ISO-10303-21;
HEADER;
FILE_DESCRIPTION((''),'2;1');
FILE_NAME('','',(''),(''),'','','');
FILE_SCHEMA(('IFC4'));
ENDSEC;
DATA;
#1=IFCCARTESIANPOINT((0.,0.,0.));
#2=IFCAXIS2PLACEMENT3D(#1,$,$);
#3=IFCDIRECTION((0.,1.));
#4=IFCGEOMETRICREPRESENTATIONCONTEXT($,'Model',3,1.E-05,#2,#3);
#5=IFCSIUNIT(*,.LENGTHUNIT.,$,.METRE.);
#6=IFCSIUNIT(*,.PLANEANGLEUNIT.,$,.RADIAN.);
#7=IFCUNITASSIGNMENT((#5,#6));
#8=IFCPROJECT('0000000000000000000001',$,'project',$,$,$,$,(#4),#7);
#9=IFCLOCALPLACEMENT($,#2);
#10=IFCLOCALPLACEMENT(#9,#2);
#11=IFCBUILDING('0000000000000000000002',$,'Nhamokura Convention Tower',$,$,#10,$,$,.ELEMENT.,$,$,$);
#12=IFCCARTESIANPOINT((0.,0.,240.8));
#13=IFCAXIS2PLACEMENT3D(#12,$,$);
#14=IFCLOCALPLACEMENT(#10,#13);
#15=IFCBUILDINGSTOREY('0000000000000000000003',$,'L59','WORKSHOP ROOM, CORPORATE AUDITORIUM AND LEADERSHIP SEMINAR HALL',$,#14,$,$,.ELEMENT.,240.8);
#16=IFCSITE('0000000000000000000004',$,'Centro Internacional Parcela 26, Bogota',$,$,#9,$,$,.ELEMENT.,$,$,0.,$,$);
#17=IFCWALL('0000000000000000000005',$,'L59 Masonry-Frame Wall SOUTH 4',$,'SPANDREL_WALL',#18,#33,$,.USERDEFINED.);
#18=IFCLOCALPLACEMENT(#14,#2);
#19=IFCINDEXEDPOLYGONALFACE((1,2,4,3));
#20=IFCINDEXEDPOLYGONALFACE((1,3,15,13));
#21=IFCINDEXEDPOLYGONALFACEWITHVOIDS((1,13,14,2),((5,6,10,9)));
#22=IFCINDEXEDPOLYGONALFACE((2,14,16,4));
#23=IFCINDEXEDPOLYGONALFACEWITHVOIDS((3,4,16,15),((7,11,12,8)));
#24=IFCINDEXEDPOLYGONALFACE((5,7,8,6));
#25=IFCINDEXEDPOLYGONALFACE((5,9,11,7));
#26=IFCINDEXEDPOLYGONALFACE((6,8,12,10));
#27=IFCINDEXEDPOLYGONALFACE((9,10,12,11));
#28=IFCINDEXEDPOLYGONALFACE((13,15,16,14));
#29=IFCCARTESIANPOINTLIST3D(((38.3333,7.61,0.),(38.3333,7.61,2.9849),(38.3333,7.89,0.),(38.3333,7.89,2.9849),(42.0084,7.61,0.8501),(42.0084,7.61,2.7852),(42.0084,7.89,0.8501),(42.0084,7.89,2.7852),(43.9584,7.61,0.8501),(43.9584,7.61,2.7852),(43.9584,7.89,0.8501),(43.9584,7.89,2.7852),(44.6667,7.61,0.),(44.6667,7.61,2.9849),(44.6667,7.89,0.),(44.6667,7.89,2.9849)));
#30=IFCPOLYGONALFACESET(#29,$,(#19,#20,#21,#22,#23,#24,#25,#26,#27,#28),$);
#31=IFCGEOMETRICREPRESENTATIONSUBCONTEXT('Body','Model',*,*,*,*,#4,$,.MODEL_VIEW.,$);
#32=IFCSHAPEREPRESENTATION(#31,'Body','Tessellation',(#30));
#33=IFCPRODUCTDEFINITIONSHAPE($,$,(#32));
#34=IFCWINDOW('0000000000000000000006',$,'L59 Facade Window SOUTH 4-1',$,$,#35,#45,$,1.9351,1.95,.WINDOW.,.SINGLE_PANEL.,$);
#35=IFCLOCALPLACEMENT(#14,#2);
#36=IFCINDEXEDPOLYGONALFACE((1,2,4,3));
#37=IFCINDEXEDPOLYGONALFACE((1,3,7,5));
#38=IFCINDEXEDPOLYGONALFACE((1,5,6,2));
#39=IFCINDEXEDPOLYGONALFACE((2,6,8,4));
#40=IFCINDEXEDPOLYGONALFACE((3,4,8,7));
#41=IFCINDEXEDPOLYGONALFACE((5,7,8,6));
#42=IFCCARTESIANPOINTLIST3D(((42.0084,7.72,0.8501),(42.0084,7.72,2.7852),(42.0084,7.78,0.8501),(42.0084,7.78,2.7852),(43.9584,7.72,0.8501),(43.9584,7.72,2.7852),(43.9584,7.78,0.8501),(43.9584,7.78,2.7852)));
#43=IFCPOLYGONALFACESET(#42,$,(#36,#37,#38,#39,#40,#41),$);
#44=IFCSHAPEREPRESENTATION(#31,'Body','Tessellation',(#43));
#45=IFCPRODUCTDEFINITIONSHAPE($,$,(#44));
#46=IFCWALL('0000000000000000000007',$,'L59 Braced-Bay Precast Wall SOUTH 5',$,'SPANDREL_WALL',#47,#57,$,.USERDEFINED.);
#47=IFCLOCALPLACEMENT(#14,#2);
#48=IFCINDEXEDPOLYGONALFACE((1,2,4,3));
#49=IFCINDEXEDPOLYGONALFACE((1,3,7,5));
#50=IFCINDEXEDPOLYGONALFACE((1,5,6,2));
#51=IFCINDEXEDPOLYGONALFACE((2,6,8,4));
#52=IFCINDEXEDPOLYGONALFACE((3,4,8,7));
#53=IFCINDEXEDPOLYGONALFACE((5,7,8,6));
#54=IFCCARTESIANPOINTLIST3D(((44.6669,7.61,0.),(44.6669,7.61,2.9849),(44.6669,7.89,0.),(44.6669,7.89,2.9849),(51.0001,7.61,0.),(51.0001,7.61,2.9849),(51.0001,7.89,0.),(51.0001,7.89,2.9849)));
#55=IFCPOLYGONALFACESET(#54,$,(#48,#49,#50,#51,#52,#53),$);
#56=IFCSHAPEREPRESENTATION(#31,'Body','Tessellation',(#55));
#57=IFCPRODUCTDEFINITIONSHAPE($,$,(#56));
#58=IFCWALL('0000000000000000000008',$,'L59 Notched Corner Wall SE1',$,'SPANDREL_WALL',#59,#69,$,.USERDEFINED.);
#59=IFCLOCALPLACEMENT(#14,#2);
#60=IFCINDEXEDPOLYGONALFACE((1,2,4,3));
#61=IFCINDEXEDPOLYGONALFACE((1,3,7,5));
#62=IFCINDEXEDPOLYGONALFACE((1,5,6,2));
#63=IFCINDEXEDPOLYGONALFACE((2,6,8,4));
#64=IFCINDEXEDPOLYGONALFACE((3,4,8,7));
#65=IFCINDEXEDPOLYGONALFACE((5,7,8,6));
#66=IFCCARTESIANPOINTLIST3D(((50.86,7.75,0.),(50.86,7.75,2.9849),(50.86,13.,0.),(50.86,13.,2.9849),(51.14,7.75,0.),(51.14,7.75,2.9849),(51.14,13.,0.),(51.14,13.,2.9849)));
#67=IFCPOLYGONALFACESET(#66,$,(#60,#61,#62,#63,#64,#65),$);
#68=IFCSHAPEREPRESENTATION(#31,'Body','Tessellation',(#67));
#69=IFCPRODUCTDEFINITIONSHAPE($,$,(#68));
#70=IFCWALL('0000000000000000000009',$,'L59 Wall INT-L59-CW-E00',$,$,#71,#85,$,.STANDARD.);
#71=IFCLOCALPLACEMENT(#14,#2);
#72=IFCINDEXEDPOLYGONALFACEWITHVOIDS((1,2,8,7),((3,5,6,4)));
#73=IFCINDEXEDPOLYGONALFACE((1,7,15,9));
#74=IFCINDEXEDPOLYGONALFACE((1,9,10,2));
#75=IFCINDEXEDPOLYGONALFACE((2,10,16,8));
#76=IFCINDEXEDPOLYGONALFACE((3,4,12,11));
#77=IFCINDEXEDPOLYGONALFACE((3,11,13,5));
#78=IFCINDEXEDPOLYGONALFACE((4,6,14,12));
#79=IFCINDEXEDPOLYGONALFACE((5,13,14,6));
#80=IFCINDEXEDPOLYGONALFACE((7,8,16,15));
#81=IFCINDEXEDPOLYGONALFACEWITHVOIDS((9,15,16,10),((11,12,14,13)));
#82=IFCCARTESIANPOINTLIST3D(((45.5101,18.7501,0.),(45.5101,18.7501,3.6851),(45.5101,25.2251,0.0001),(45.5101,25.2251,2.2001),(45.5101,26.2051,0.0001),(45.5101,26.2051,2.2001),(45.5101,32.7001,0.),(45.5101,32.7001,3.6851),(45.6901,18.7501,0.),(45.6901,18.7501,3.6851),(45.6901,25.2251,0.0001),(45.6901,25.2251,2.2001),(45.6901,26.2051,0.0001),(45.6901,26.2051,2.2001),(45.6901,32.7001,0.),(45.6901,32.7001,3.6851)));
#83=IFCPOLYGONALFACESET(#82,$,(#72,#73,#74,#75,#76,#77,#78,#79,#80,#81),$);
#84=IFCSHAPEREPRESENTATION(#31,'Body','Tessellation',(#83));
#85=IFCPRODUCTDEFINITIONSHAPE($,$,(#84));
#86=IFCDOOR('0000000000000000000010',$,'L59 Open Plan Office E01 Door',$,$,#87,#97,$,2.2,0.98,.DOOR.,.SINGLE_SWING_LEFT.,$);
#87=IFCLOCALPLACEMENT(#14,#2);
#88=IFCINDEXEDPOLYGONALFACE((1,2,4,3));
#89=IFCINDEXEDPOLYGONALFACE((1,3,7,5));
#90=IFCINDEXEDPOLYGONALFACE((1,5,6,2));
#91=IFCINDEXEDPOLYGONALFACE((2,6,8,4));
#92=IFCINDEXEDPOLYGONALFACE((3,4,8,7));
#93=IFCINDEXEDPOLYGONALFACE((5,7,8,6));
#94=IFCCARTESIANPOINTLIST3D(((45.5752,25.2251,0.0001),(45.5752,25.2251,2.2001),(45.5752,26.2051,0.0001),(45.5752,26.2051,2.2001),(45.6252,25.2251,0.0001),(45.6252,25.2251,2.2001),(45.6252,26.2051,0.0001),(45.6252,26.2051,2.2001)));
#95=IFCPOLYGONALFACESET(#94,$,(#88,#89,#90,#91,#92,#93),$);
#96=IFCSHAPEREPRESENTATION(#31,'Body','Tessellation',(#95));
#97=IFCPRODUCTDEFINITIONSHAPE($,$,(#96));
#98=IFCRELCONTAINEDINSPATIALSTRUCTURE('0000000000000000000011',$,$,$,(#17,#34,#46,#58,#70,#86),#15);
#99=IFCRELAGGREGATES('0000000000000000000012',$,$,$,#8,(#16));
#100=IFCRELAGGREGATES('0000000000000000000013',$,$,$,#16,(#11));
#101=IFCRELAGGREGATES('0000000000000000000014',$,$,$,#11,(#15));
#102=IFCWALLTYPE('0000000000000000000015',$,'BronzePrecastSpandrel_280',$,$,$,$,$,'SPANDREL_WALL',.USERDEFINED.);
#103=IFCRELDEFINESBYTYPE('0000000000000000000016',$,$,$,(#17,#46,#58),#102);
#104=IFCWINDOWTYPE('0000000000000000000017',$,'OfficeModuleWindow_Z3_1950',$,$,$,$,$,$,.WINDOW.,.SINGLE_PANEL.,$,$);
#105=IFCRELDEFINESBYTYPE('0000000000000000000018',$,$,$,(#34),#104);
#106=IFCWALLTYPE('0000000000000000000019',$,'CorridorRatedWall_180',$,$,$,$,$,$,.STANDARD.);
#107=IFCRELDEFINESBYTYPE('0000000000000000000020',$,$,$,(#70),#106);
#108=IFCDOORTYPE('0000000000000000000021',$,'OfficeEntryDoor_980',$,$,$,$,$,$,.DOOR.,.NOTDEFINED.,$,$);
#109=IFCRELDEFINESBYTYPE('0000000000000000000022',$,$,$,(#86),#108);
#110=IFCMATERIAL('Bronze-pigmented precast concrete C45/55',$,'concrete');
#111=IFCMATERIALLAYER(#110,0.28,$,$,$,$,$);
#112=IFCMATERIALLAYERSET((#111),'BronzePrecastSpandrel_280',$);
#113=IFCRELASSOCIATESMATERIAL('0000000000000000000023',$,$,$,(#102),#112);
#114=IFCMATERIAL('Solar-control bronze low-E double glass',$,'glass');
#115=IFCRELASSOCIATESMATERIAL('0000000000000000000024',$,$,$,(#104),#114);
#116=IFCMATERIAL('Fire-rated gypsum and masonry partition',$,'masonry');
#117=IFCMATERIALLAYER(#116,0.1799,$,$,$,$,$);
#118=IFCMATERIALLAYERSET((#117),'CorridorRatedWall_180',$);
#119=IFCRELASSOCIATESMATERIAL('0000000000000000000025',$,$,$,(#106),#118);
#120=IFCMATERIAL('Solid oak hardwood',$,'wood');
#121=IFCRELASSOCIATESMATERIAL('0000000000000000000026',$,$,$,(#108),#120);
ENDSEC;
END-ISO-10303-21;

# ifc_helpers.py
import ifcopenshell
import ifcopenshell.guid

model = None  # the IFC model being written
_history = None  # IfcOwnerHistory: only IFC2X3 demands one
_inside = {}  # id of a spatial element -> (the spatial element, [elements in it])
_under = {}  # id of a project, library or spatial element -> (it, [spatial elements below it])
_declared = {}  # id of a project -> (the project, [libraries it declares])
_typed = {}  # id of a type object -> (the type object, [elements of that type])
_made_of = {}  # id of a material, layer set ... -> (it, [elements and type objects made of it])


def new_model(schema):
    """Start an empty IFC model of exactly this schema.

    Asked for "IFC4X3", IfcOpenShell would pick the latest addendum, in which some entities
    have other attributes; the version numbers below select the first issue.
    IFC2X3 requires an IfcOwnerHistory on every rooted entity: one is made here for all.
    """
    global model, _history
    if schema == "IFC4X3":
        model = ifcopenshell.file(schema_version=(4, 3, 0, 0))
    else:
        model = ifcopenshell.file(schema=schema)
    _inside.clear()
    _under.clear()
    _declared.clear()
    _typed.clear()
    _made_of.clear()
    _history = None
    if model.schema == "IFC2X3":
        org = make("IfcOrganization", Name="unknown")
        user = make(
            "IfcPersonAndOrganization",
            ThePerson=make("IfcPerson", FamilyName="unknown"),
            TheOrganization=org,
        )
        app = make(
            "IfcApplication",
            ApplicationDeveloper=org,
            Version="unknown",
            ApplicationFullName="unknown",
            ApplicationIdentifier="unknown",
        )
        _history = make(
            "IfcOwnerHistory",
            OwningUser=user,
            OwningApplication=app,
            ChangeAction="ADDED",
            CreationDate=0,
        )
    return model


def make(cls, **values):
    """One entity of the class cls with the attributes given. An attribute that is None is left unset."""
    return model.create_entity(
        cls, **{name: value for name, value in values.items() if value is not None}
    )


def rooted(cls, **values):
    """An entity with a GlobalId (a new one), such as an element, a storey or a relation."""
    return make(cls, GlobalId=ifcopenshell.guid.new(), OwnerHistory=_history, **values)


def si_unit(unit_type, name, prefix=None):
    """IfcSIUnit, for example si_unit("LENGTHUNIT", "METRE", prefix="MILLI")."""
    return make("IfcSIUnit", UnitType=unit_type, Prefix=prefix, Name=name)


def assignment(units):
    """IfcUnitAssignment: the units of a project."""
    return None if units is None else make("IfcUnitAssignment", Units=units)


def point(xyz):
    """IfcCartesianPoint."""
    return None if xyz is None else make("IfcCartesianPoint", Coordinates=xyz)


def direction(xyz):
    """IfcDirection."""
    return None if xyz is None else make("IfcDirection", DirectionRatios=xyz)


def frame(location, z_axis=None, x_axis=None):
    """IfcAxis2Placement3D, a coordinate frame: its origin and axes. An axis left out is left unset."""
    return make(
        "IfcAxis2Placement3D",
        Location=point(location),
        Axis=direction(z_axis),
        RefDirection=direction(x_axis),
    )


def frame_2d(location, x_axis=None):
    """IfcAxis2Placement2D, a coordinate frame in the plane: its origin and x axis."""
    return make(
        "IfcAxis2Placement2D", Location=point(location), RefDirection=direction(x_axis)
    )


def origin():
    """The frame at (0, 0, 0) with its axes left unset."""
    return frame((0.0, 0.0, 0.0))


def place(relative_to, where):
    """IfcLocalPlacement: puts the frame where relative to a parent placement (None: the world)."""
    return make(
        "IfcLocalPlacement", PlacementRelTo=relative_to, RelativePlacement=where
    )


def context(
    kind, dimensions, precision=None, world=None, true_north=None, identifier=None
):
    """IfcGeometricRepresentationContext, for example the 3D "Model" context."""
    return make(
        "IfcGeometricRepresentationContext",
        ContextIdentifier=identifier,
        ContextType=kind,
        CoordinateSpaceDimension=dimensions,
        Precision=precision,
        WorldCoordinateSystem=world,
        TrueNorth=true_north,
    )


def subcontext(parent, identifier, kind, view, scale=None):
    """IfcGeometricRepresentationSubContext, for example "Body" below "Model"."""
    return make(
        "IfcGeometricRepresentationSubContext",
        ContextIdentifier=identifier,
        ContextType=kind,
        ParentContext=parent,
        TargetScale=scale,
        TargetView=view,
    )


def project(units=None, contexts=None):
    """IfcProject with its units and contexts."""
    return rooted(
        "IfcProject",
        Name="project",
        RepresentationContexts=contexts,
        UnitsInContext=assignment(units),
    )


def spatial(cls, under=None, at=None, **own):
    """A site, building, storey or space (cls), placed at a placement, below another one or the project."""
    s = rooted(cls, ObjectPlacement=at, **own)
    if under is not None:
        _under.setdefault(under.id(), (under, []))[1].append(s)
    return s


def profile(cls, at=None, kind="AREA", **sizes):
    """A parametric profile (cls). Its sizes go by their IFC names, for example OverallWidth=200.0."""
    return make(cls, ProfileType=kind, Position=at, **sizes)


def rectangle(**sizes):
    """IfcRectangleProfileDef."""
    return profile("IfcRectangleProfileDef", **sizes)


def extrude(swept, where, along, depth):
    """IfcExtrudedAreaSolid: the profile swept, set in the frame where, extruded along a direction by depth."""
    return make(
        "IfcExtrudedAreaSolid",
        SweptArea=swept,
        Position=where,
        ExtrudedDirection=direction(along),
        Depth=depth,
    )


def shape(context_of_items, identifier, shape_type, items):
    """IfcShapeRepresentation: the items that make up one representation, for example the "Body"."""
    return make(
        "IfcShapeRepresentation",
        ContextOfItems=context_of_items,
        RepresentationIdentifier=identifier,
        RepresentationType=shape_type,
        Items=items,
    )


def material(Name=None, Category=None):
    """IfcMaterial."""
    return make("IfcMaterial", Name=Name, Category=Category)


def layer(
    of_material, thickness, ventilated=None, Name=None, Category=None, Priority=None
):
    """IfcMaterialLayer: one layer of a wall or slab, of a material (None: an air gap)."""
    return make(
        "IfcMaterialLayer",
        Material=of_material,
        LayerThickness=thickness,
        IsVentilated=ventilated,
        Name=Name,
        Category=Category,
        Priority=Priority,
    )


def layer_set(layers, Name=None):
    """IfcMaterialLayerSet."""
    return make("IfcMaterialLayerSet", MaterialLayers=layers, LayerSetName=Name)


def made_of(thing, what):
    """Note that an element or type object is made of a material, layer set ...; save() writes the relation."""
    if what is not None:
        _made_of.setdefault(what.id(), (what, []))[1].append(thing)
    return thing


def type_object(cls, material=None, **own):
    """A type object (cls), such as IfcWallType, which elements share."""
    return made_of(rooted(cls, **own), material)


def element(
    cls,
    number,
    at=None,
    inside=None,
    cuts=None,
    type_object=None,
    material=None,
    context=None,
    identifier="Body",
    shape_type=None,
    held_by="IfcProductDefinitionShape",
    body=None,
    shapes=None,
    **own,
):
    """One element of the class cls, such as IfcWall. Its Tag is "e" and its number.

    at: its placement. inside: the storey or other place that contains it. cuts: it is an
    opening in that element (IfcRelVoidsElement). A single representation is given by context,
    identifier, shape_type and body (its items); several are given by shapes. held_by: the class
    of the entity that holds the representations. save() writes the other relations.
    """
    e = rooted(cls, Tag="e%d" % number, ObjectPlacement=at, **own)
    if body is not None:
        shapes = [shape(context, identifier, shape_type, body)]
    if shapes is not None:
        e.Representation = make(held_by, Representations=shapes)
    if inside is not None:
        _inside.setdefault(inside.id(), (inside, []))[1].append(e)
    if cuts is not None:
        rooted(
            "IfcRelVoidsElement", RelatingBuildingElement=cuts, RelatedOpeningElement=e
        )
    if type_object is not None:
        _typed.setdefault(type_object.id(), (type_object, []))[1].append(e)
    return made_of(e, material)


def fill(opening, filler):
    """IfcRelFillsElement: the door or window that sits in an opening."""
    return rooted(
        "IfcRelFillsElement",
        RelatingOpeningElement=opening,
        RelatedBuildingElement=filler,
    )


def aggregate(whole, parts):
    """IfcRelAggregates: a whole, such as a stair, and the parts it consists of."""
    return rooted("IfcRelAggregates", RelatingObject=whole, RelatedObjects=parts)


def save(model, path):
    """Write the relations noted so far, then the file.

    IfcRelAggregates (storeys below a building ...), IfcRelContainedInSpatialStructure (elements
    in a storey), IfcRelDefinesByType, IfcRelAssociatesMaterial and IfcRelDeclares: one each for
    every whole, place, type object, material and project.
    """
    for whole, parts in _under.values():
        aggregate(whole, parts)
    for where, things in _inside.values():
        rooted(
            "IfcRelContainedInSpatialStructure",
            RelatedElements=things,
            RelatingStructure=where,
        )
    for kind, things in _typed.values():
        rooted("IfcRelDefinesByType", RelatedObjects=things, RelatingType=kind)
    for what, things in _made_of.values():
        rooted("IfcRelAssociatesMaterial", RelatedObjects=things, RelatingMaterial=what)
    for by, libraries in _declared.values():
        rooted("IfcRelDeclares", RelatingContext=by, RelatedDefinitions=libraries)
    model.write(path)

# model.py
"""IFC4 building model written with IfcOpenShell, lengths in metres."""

from ifc_helpers import new_model, si_unit, direction, frame, frame_2d, origin, place, context, subcontext, project, spatial, rectangle, extrude, material, layer, layer_set, type_object, element, fill, save


model = new_model("IFC4")

# Units and contexts
model_context = context("Model", 3, precision=1e-05, world=origin(), true_north=direction((0.0, 1.0)))
body_context = subcontext(model_context, "Body", "Model", "MODEL_VIEW")
ifc_project = project(units=[si_unit("LENGTHUNIT", "METRE"), si_unit("PLANEANGLEUNIT", "RADIAN")], contexts=[model_context])

# Site, building, storey
site_placement = place(None, origin())
site = spatial("IfcSite", under=ifc_project, at=site_placement, Name="Centro Internacional Parcela 26, Bogota", CompositionType="ELEMENT", RefElevation=0.0)
building_placement = place(site_placement, origin())
building = spatial("IfcBuilding", under=site, at=building_placement, Name="Nhamokura Convention Tower", CompositionType="ELEMENT")
storey_placement = place(building_placement, frame((0.0, 0.0, 240.8)))
storey = spatial("IfcBuildingStorey", under=building, at=storey_placement, Name="L59", Description="WORKSHOP ROOM, CORPORATE AUDITORIUM AND LEADERSHIP SEMINAR HALL", CompositionType="ELEMENT", Elevation=240.8)

# Wall, opening, window
ifc_material_1 = material(Name="Bronze-pigmented precast concrete C45/55", Category="concrete")
ifc_layer_1 = layer(ifc_material_1, 0.28)
ifc_layer_set_1 = layer_set([ifc_layer_1], Name="BronzePrecastSpandrel_280")
wall_type_1 = type_object("IfcWallType", Name="BronzePrecastSpandrel_280", ElementType="SPANDREL_WALL", PredefinedType="USERDEFINED", material=ifc_layer_set_1)
wall_1_placement = place(storey_placement, frame((44.6667, 7.75, 0.0), z_axis=(0.0, 0.0, 1.0), x_axis=(-1.0, 0.0, 0.0)))
wall_1 = element("IfcWall", 1, at=wall_1_placement, inside=storey, type_object=wall_type_1, Name="L59 Masonry-Frame Wall SOUTH 4", ObjectType="SPANDREL_WALL", PredefinedType="USERDEFINED", context=body_context, shape_type="SweptSolid", body=[
    extrude(rectangle(XDim=6.3335, YDim=0.28, at=frame_2d((3.1667, 0.0))), origin(), (0.0, 0.0, 1.0), 2.9849),
])
opening_1_placement = place(wall_1_placement, frame((0.7083, 0.0, 0.8501)))
opening_1 = element("IfcOpeningElement", 2, at=opening_1_placement, cuts=wall_1, PredefinedType="OPENING", context=body_context, shape_type="SweptSolid", body=[
    extrude(rectangle(XDim=1.95, YDim=1.9351, at=frame_2d((0.9751, 0.9675))), frame((0.0, 0.1499, 0.0), z_axis=(0.0, -1.0, 0.0), x_axis=(1.0, 0.0, 0.0)), (0.0, 0.0, 1.0), 0.3),
])
ifc_material_2 = material(Name="Solar-control bronze low-E double glass", Category="glass")
window_type = type_object("IfcWindowType", Name="OfficeModuleWindow_Z3_1950", PartitioningType="SINGLE_PANEL", PredefinedType="WINDOW", material=ifc_material_2)
window_placement = place(opening_1_placement, origin())
window = element("IfcWindow", 3, at=window_placement, inside=storey, type_object=window_type, Name="L59 Facade Window SOUTH 4-1", OverallHeight=1.9351, OverallWidth=1.95, PartitioningType="SINGLE_PANEL", PredefinedType="WINDOW", context=body_context, shape_type="SweptSolid", body=[
    extrude(rectangle(XDim=1.95, YDim=1.9351, at=frame_2d((0.9751, 0.9675))), frame((0.0, 0.03, 0.0), z_axis=(0.0, -1.0, 0.0), x_axis=(1.0, 0.0, 0.0)), (0.0, 0.0, 1.0), 0.0601),
])
fill(opening_1, window)

# Walls
wall_2_placement = place(storey_placement, frame((51.0, 7.75, 0.0), z_axis=(0.0, 0.0, 1.0), x_axis=(-1.0, 0.0, 0.0)))
element("IfcWall", 4, at=wall_2_placement, inside=storey, type_object=wall_type_1, Name="L59 Braced-Bay Precast Wall SOUTH 5", ObjectType="SPANDREL_WALL", PredefinedType="USERDEFINED", context=body_context, shape_type="SweptSolid", body=[
    extrude(rectangle(XDim=6.3333, YDim=0.28, at=frame_2d((3.1665, 0.0))), origin(), (0.0, 0.0, 1.0), 2.9849),
])
wall_3_placement = place(storey_placement, frame((51.0, 13.0, 0.0), z_axis=(0.0, 0.0, 1.0), x_axis=(0.0, -1.0, 0.0)))
element("IfcWall", 5, at=wall_3_placement, inside=storey, type_object=wall_type_1, Name="L59 Notched Corner Wall SE1", ObjectType="SPANDREL_WALL", PredefinedType="USERDEFINED", context=body_context, shape_type="SweptSolid", body=[
    extrude(rectangle(XDim=5.25, YDim=0.28, at=frame_2d((2.625, 0.0))), origin(), (0.0, 0.0, 1.0), 2.9849),
])

# Wall, opening, door
ifc_material_3 = material(Name="Fire-rated gypsum and masonry partition", Category="masonry")
ifc_layer_2 = layer(ifc_material_3, 0.1799)
ifc_layer_set_2 = layer_set([ifc_layer_2], Name="CorridorRatedWall_180")
wall_type_2 = type_object("IfcWallType", Name="CorridorRatedWall_180", PredefinedType="STANDARD", material=ifc_layer_set_2)
wall_4_placement = place(storey_placement, frame((45.6001, 18.75, 0.0), z_axis=(0.0, 0.0, 1.0), x_axis=(0.0, 1.0, 0.0)))
wall_4 = element("IfcWall", 6, at=wall_4_placement, inside=storey, type_object=wall_type_2, Name="L59 Wall INT-L59-CW-E00", PredefinedType="STANDARD", context=body_context, shape_type="SweptSolid", body=[
    extrude(rectangle(XDim=13.95, YDim=0.1799, at=frame_2d((6.9751, 0.0))), origin(), (0.0, 0.0, 1.0), 3.6851),
])
opening_2_placement = place(wall_4_placement, frame((6.4751, 0.0, 0.0)))
opening_2 = element("IfcOpeningElement", 7, at=opening_2_placement, cuts=wall_4, PredefinedType="OPENING", context=body_context, shape_type="SweptSolid", body=[
    extrude(rectangle(XDim=0.98, YDim=2.2, at=frame_2d((0.49, 1.1001))), frame((0.0, 0.0999, 0.0), z_axis=(0.0, -1.0, 0.0), x_axis=(1.0, 0.0, 0.0)), (0.0, 0.0, 1.0), 0.2),
])
ifc_material_4 = material(Name="Solid oak hardwood", Category="wood")
door_type = type_object("IfcDoorType", Name="OfficeEntryDoor_980", OperationType="NOTDEFINED", PredefinedType="DOOR", material=ifc_material_4)
door_placement = place(opening_2_placement, origin())
door = element("IfcDoor", 8, at=door_placement, inside=storey, type_object=door_type, Name="L59 Open Plan Office E01 Door", OperationType="SINGLE_SWING_LEFT", OverallHeight=2.2, OverallWidth=0.98, PredefinedType="DOOR", context=body_context, shape_type="SweptSolid", body=[
    extrude(rectangle(XDim=0.98, YDim=2.2, at=frame_2d((0.49, 1.1001))), frame((0.0, 0.0249, 0.0), z_axis=(0.0, -1.0, 0.0), x_axis=(1.0, 0.0, 0.0)), (0.0, 0.0, 1.0), 0.05),
])
fill(opening_2, door)

save(model, "model.ifc")
